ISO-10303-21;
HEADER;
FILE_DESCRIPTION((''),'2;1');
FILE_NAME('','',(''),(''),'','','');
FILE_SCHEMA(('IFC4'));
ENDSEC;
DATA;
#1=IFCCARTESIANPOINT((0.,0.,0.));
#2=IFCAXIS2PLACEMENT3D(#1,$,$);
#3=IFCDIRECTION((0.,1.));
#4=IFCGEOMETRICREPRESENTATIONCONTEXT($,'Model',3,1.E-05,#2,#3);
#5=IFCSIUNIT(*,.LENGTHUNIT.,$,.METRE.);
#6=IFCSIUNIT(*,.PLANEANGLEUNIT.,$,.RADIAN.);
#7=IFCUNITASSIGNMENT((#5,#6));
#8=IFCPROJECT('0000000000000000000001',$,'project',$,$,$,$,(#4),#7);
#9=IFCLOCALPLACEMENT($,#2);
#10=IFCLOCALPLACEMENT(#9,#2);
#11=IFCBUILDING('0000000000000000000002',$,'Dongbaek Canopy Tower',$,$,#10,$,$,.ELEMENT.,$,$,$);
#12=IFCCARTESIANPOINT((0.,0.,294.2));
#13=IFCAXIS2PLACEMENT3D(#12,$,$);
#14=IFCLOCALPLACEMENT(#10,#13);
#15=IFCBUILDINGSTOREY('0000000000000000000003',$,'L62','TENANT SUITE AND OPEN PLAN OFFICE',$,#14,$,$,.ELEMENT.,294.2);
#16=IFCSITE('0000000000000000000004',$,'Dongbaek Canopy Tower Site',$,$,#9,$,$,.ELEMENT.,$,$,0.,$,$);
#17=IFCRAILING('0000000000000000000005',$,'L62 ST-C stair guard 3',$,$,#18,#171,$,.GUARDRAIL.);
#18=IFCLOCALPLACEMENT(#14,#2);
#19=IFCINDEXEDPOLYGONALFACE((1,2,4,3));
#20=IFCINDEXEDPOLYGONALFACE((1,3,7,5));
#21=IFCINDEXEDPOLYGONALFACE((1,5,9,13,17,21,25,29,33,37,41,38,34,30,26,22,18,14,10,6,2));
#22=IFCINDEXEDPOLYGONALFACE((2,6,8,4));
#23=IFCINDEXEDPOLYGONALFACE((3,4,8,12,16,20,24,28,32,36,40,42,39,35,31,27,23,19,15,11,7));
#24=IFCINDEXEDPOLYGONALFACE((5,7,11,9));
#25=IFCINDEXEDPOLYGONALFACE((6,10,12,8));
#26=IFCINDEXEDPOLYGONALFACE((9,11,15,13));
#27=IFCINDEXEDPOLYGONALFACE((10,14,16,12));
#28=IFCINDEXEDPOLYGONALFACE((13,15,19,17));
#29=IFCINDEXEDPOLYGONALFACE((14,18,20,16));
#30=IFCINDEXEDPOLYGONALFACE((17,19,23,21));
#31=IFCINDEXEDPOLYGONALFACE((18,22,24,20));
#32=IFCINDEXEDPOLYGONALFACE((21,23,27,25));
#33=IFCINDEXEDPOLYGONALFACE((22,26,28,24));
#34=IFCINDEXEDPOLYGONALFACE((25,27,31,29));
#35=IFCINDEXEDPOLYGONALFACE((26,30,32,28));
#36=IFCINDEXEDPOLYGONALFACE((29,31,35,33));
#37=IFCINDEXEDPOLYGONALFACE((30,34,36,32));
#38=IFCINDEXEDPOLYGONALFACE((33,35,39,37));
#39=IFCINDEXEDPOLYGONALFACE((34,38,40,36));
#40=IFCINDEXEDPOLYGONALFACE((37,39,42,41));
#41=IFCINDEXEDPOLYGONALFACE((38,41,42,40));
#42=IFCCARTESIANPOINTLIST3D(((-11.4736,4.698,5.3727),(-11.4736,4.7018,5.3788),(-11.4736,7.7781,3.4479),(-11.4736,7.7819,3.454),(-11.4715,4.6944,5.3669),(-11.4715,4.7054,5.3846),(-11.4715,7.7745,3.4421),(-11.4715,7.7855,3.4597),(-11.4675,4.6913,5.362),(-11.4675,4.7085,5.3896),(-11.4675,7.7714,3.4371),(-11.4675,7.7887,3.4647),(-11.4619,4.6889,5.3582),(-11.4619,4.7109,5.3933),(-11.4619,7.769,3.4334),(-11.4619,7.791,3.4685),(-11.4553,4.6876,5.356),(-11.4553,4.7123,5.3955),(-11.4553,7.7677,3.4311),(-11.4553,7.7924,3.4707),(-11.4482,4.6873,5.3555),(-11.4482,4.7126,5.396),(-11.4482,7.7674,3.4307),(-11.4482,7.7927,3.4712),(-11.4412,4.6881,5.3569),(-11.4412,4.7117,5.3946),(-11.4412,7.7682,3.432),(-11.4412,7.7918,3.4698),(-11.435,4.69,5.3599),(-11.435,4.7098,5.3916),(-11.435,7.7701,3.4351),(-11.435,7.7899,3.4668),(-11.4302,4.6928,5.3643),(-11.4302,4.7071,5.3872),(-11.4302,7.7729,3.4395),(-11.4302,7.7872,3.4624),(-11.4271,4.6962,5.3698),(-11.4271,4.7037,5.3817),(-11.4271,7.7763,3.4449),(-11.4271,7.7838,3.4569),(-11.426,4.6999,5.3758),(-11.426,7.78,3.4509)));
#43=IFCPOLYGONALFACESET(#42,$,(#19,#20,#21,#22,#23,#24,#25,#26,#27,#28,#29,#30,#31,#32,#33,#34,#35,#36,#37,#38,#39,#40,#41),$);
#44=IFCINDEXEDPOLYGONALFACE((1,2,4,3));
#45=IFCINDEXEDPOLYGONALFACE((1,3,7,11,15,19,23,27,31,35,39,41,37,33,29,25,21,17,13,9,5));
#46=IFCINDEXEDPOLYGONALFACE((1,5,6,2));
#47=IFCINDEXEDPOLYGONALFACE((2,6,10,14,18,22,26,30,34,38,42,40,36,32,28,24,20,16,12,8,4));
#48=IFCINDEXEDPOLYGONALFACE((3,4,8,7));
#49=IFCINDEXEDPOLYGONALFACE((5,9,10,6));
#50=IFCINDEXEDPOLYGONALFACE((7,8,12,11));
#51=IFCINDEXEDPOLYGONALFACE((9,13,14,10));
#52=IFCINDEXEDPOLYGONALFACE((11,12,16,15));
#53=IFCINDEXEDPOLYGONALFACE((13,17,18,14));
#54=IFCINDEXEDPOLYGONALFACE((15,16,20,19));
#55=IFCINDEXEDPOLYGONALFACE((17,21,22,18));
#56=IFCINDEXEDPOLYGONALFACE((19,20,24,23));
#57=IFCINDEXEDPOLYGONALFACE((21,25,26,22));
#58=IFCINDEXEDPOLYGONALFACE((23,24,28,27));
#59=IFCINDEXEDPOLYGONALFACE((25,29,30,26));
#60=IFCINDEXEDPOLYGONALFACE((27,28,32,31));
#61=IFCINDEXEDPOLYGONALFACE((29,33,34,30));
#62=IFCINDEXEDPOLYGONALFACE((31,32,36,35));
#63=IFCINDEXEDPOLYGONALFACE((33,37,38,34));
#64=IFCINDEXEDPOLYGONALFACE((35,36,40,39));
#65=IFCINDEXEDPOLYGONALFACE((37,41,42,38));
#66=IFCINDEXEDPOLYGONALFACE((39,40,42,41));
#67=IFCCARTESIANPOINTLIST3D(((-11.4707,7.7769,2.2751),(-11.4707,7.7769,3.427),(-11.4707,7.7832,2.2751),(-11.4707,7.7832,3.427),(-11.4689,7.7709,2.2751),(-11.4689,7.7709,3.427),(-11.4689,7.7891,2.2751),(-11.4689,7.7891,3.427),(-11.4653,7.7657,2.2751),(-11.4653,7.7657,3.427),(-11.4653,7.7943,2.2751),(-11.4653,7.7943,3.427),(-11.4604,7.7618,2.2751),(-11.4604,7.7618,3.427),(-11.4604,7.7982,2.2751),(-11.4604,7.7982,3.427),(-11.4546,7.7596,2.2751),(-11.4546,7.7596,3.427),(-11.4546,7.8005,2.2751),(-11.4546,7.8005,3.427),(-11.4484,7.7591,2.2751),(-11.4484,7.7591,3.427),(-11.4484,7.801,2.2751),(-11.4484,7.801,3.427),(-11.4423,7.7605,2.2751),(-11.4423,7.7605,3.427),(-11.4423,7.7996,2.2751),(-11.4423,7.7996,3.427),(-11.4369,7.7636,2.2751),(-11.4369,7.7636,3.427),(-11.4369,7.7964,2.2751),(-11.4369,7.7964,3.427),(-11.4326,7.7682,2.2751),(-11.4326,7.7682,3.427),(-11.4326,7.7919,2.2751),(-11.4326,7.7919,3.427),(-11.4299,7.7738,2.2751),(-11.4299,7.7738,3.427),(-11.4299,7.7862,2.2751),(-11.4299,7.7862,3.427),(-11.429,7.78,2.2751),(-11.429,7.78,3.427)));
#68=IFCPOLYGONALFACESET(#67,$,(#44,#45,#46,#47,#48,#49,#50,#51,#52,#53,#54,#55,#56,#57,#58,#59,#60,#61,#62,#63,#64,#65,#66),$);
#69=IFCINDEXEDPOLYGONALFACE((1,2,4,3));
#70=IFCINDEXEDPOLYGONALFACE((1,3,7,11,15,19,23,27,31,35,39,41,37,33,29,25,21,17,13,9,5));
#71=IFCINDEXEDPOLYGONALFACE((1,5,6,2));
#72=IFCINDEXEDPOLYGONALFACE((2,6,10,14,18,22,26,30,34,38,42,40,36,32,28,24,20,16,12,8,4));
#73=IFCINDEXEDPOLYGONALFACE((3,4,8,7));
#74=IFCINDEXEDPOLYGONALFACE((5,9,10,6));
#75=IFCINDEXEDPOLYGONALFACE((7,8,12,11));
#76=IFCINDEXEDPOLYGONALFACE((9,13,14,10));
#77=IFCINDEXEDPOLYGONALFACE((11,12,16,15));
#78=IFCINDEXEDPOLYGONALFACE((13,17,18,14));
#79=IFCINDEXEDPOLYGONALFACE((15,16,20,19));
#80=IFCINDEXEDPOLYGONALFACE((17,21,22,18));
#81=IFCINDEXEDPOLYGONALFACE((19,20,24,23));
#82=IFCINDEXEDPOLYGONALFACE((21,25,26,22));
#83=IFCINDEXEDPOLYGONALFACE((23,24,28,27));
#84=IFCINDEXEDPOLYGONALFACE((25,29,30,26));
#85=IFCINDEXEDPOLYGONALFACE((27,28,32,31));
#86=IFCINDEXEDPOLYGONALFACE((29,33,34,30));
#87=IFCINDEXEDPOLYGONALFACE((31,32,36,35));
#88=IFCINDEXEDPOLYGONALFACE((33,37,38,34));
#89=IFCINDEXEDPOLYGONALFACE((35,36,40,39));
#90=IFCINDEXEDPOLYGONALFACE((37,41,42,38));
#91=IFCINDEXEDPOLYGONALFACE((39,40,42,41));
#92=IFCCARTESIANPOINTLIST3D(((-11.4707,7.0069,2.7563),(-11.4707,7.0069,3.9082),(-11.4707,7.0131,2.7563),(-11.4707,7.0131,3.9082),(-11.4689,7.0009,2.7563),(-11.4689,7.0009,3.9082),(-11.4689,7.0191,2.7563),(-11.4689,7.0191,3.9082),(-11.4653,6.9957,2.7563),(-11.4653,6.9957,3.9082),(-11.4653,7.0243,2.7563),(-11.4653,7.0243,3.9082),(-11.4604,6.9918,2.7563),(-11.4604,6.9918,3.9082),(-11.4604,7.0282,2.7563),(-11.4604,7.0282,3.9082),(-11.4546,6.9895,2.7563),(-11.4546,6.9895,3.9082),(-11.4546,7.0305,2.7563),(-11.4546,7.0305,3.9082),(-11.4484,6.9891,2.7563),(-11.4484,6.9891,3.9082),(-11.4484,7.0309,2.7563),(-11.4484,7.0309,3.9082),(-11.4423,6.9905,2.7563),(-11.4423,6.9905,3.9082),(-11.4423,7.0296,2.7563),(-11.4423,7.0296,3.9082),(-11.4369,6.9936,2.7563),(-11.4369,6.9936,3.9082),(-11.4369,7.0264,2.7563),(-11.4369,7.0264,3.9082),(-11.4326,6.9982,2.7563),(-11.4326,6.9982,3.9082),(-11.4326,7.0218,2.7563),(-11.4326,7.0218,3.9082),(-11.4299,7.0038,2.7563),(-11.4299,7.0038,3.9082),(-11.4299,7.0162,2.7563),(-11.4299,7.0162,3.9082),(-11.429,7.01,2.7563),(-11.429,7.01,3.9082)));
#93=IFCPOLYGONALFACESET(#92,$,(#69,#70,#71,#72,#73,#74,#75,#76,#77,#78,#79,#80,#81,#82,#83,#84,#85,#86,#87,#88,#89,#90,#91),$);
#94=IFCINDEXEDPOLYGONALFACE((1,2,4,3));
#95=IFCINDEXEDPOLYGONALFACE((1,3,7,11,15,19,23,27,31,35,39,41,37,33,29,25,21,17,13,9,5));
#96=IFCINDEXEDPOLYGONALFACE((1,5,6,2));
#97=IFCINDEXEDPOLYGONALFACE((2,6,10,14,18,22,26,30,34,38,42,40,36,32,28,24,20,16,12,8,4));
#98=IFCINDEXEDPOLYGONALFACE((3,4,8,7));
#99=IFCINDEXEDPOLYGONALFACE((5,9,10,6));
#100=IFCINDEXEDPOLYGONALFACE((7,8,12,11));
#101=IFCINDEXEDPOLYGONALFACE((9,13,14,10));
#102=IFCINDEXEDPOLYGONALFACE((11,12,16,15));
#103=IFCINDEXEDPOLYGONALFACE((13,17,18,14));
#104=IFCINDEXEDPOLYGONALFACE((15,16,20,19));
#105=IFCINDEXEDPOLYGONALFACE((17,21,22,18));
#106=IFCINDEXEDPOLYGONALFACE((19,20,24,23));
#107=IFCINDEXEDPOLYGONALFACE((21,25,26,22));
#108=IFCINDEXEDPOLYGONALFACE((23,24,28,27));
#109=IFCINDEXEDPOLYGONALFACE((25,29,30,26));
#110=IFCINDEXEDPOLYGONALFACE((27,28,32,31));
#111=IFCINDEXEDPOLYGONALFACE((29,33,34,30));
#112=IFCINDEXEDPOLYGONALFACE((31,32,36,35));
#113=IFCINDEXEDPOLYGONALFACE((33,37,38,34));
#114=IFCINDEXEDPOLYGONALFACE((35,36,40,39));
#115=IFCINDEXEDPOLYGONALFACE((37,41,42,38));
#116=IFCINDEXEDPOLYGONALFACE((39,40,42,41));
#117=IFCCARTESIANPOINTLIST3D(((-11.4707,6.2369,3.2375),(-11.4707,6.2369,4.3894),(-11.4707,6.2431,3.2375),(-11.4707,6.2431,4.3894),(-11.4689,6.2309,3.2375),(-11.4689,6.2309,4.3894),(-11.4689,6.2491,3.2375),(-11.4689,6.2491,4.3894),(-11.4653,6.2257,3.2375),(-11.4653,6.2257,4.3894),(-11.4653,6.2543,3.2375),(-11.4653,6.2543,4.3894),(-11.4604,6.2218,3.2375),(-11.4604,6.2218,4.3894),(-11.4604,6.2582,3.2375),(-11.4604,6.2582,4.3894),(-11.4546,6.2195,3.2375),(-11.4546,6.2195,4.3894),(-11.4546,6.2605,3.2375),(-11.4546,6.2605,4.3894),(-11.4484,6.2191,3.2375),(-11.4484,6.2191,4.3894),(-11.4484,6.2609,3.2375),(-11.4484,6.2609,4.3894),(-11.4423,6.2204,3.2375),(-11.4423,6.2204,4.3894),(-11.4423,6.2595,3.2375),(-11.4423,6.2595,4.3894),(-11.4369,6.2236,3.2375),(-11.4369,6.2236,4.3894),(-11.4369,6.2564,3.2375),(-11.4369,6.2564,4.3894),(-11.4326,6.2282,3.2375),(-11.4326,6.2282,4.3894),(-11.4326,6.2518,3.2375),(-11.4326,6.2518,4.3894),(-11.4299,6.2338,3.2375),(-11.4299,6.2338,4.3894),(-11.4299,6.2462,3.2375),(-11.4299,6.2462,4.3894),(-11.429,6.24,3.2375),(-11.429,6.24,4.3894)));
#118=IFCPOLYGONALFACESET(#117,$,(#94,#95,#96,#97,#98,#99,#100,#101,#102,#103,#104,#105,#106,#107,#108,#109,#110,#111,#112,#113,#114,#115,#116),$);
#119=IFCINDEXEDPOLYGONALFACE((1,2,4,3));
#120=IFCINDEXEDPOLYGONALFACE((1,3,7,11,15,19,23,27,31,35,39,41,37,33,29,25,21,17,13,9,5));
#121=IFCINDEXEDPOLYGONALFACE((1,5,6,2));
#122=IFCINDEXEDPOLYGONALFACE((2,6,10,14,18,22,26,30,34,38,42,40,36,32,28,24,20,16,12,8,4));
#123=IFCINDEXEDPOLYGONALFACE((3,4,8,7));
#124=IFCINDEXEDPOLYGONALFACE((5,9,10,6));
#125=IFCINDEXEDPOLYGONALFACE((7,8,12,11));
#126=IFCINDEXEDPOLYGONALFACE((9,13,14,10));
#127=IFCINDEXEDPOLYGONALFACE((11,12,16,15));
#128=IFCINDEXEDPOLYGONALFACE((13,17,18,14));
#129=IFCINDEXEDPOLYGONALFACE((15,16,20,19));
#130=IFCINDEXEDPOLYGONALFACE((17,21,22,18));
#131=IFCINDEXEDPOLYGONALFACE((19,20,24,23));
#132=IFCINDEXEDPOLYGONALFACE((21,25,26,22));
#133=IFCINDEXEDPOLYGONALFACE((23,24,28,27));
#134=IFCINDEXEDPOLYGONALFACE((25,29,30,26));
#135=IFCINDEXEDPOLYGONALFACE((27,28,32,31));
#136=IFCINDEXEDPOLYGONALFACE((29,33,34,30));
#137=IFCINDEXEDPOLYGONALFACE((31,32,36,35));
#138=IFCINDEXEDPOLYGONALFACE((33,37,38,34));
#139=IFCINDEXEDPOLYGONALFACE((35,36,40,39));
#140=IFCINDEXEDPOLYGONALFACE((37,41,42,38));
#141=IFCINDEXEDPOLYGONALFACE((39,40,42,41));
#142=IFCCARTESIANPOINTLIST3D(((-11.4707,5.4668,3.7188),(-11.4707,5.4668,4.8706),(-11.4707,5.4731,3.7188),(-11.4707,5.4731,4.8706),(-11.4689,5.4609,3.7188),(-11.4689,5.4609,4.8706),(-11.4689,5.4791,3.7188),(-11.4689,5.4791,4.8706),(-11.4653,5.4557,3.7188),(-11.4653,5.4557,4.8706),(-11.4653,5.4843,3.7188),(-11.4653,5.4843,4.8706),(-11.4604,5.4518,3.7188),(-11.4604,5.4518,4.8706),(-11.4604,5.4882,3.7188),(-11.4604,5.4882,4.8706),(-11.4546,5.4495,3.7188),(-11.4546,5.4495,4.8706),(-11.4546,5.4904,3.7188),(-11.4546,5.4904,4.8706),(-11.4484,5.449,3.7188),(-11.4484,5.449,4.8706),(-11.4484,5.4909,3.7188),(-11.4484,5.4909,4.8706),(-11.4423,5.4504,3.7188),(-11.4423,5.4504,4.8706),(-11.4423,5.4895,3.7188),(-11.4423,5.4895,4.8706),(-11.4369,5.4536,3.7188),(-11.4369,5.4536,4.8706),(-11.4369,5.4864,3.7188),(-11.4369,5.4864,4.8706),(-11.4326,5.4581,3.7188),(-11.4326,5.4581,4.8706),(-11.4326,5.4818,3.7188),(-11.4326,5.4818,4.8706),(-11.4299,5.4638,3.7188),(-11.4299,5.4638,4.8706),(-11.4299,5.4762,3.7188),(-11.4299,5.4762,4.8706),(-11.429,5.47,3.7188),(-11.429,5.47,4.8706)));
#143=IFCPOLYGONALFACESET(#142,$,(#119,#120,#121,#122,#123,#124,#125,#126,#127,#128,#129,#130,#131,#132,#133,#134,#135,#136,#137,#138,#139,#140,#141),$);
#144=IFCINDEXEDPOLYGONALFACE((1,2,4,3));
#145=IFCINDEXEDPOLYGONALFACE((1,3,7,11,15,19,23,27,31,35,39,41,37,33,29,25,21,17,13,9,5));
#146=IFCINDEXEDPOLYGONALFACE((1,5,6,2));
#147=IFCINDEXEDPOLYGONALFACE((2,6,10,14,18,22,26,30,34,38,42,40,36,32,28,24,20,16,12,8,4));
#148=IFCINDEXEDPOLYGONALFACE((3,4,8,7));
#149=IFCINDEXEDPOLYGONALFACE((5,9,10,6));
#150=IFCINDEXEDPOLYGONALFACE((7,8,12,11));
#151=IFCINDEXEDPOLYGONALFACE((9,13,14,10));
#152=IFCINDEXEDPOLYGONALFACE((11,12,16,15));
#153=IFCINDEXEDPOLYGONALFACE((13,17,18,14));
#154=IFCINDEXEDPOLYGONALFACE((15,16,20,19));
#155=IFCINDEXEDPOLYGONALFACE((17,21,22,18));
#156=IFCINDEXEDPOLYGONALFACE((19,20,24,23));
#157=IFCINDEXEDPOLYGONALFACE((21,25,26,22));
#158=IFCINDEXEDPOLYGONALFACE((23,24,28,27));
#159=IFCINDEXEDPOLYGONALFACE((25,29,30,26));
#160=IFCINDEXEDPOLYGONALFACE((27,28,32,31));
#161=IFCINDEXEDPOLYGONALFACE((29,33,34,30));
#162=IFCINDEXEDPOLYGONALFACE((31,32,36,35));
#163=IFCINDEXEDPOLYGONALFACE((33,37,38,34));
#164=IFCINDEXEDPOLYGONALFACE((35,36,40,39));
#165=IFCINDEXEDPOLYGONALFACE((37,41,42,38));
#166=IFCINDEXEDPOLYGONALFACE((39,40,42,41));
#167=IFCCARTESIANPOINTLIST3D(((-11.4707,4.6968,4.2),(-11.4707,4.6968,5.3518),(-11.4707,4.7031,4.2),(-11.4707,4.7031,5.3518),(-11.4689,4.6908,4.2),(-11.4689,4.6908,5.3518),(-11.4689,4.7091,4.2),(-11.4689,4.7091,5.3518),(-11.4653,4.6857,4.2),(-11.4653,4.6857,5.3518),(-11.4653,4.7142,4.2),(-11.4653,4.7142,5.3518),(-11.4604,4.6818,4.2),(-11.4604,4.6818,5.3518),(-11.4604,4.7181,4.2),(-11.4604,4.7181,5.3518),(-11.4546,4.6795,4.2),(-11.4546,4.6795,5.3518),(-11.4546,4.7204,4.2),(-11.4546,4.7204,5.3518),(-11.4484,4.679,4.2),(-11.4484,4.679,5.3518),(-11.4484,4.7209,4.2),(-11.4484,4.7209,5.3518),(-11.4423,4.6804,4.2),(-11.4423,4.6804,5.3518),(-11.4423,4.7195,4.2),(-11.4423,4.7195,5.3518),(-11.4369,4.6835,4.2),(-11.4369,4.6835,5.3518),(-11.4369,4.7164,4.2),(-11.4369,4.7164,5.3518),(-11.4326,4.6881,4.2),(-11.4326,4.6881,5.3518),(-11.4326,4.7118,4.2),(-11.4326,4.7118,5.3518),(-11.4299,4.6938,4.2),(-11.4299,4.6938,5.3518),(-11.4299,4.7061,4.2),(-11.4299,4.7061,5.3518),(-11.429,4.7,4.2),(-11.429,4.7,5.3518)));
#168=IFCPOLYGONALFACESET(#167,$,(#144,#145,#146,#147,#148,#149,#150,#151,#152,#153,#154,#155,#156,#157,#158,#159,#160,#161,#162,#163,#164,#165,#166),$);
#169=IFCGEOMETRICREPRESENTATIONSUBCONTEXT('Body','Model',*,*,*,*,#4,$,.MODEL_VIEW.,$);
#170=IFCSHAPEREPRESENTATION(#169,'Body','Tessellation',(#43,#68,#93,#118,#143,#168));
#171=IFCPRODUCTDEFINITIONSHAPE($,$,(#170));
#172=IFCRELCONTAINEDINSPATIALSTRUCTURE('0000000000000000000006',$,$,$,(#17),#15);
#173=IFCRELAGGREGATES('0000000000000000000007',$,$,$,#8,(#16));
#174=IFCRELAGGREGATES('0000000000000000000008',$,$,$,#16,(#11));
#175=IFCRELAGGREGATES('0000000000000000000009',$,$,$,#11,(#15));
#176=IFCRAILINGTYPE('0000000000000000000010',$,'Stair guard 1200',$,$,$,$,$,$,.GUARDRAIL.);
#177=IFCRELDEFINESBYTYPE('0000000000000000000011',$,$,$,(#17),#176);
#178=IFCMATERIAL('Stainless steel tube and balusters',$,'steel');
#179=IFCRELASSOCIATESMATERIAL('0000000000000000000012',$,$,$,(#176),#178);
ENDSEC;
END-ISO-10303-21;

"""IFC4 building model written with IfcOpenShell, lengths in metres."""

from ifc_helpers import new_model, si_unit, direction, frame, origin, origin_2d, place, context, subcontext, project, spatial, circle, extrude, material, type_object, element, save


model = new_model("IFC4")

# Units and contexts
model_context = context("Model", 3, precision=1e-05, world=origin(), true_north=direction((0.0, 1.0)))
body_context = subcontext(model_context, "Body", "Model", "MODEL_VIEW")
ifc_project = project(units=[si_unit("LENGTHUNIT", "METRE"), si_unit("PLANEANGLEUNIT", "RADIAN")], contexts=[model_context])

# Site, building, storey
site_placement = place(None, origin())
site = spatial("IfcSite", under=ifc_project, at=site_placement, Name="Dongbaek Canopy Tower Site", CompositionType="ELEMENT", RefElevation=0.0)
building_placement = place(site_placement, origin())
building = spatial("IfcBuilding", under=site, at=building_placement, Name="Dongbaek Canopy Tower", CompositionType="ELEMENT")
storey_placement = place(building_placement, frame((0.0, 0.0, 294.2)))
storey = spatial("IfcBuildingStorey", under=building, at=storey_placement, Name="L62", Description="TENANT SUITE AND OPEN PLAN OFFICE", CompositionType="ELEMENT", Elevation=294.2)

# Railing
ifc_material_1 = material(Name="Stainless steel tube and balusters", Category="steel")
railing_type_1 = type_object("IfcRailingType", Name="Stair guard 1200", PredefinedType="GUARDRAIL", material=ifc_material_1)
railing_1_placement = place(storey_placement, frame((-11.45, 7.78, 2.2751)))
element("IfcRailing", 1, at=railing_1_placement, inside=storey, type_object=railing_type_1, Name="L62 ST-C stair guard 3", PredefinedType="GUARDRAIL", context=body_context, shape_type="SweptSolid", body=[
    extrude(circle(Radius=0.0239, at=origin_2d()), frame((0.0, 0.0, 1.1758), z_axis=(0.0, -0.848029, 0.529951), x_axis=(1.0, 0.0, 0.0)), (0.0, 0.0, 1.0), 3.6321),
    extrude(circle(Radius=0.021, at=origin_2d()), origin(), (0.0, 0.0, 1.0), 1.1519),
    extrude(circle(Radius=0.021, at=origin_2d()), frame((0.0, -0.77, 0.4812)), (0.0, 0.0, 1.0), 1.1519),
    extrude(circle(Radius=0.021, at=origin_2d()), frame((0.0, -1.54, 0.9624)), (0.0, 0.0, 1.0), 1.1519),
    extrude(circle(Radius=0.021, at=origin_2d()), frame((0.0, -2.3101, 1.4436)), (0.0, 0.0, 1.0), 1.1519),
    extrude(circle(Radius=0.021, at=origin_2d()), frame((0.0, -3.0801, 1.9248)), (0.0, 0.0, 1.0), 1.1519),
])

save(model, "model.ifc")
